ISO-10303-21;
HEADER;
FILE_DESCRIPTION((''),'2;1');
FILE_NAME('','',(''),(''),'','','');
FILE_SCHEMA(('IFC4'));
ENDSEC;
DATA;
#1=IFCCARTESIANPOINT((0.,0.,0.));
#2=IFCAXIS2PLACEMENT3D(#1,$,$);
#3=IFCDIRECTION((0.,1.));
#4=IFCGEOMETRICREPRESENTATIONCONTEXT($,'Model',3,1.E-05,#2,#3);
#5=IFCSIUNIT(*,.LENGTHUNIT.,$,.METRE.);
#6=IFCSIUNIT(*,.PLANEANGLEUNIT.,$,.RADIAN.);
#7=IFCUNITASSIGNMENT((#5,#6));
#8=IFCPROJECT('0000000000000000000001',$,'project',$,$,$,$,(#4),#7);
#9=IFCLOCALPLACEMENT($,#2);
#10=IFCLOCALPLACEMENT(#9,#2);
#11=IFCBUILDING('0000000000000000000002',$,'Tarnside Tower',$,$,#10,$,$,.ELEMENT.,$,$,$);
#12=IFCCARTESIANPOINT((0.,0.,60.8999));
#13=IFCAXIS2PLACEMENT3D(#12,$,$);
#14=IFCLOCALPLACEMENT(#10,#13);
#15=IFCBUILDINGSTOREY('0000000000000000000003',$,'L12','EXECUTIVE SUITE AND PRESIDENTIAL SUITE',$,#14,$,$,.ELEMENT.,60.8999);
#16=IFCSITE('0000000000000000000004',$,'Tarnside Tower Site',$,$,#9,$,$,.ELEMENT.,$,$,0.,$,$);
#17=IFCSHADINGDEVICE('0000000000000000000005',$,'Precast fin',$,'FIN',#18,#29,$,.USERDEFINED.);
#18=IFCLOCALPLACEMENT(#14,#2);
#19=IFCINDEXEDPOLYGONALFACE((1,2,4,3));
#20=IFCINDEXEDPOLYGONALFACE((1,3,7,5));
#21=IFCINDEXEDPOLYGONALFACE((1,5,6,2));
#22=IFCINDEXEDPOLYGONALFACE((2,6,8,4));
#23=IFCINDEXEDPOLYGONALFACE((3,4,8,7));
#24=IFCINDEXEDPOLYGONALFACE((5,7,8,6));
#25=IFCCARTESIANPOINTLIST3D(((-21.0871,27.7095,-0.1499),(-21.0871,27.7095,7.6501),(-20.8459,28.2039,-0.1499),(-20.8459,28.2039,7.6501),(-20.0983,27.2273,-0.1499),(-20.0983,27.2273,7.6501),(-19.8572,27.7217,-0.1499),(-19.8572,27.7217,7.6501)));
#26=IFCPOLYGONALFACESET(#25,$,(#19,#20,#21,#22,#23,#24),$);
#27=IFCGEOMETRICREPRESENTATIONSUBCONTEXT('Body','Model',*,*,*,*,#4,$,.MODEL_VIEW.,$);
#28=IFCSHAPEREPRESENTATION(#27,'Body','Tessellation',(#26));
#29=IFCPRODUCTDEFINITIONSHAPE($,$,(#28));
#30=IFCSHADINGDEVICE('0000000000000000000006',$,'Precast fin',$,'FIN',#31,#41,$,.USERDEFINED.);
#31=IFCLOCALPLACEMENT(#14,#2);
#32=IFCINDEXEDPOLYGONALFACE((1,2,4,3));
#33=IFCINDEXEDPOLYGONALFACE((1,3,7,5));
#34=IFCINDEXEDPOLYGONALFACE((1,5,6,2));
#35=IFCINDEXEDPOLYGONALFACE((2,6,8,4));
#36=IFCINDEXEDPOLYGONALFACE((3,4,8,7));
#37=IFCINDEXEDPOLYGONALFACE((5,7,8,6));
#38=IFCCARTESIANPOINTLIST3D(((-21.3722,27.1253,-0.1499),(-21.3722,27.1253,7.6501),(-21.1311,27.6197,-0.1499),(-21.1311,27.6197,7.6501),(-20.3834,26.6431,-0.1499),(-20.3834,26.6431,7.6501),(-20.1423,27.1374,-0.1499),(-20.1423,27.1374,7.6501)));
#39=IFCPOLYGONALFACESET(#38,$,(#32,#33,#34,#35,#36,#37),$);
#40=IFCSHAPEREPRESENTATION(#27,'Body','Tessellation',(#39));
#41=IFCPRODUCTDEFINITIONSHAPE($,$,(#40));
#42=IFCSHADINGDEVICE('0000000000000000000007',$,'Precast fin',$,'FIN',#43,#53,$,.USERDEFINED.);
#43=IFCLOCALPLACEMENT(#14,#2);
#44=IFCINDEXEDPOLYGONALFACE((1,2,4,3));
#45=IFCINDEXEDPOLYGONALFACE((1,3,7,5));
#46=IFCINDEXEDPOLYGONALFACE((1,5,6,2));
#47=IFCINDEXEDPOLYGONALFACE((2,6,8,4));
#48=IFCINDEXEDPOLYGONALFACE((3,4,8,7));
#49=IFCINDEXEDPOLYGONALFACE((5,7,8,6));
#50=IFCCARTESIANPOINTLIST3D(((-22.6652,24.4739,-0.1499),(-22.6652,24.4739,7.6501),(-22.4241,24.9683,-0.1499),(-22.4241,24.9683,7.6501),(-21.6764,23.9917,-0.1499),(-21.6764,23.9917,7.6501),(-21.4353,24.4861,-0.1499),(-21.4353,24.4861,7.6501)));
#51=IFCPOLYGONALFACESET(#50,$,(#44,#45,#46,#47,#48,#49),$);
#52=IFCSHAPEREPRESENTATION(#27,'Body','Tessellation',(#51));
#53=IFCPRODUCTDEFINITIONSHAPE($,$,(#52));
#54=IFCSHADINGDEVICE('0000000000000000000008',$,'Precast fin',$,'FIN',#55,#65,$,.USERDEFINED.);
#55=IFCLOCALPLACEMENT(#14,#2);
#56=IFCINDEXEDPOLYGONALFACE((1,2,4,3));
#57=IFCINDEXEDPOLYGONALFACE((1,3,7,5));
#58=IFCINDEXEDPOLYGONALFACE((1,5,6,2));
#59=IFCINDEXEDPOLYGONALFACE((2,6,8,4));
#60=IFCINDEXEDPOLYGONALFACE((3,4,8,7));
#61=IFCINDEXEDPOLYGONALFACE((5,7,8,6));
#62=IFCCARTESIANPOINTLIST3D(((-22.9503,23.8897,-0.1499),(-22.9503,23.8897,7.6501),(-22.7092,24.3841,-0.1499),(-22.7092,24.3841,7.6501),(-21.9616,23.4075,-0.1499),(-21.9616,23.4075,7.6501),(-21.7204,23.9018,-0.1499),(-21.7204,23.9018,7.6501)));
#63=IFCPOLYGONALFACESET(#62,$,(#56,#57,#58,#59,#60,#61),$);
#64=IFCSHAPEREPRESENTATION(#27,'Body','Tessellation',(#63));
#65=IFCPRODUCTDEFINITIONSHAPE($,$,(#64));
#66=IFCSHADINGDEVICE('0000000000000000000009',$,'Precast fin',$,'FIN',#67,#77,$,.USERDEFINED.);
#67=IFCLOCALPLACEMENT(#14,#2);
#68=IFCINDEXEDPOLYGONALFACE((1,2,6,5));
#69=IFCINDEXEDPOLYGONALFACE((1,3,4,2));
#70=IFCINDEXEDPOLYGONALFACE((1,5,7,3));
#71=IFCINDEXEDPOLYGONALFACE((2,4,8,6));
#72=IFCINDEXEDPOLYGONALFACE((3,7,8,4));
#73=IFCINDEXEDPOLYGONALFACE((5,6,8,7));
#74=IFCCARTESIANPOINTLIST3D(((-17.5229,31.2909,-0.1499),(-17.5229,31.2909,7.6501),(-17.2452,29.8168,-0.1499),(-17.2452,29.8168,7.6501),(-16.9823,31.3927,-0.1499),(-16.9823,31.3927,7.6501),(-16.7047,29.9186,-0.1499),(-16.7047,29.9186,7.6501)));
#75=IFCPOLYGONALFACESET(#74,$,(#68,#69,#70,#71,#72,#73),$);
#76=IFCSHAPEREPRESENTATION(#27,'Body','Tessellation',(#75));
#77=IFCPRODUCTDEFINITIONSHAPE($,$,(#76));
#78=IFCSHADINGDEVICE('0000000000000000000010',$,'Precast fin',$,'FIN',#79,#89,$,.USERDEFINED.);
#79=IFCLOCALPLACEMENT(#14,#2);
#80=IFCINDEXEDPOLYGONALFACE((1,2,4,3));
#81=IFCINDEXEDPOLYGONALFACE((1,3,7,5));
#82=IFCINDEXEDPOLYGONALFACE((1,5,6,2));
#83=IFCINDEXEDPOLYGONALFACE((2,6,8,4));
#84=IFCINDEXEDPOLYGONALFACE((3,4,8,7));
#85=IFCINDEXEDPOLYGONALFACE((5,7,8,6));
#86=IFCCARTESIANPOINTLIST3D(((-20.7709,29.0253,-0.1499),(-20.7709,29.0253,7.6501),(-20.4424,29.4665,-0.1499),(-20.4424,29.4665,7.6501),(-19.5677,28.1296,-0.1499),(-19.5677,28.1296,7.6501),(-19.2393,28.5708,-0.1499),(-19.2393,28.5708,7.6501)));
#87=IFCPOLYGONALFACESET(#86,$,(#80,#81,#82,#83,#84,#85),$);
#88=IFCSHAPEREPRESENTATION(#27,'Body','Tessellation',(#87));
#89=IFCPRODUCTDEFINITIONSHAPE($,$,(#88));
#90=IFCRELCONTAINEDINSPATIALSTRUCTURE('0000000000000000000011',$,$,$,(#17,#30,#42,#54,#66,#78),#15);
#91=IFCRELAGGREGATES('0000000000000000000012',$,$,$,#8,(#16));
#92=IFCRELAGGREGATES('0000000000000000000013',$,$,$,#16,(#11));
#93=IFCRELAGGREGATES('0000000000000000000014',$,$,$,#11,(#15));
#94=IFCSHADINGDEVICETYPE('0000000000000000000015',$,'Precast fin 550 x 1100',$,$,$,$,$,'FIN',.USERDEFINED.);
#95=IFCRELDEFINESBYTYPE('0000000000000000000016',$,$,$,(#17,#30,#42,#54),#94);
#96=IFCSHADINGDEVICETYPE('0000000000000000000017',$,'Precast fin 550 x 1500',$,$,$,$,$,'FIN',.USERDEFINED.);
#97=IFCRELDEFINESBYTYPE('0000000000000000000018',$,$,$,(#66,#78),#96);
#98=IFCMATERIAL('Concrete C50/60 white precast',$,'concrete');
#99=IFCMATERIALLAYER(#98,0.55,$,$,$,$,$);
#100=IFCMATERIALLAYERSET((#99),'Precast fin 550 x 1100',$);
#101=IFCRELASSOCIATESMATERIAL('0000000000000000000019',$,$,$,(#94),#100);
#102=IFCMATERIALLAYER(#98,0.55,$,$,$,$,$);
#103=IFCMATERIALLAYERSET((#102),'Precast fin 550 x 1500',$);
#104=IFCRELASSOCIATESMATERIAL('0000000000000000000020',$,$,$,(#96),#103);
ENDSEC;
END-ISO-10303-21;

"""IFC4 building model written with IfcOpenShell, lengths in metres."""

from ifc_helpers import new_model, si_unit, direction, frame, origin, place, context, subcontext, project, spatial, polyline, outline, extrude, material, layer, layer_set, type_object, element, save


model = new_model("IFC4")

# Units and contexts
model_context = context("Model", 3, precision=1e-05, world=origin(), true_north=direction((0.0, 1.0)))
body_context = subcontext(model_context, "Body", "Model", "MODEL_VIEW")
ifc_project = project(units=[si_unit("LENGTHUNIT", "METRE"), si_unit("PLANEANGLEUNIT", "RADIAN")], contexts=[model_context])

# Site, building, storey
site_placement = place(None, origin())
site = spatial("IfcSite", under=ifc_project, at=site_placement, Name="Tarnside Tower Site", CompositionType="ELEMENT", RefElevation=0.0)
building_placement = place(site_placement, origin())
building = spatial("IfcBuilding", under=site, at=building_placement, Name="Tarnside Tower", CompositionType="ELEMENT")
storey_placement = place(building_placement, frame((0.0, 0.0, 60.8999)))
storey = spatial("IfcBuildingStorey", under=building, at=storey_placement, Name="L12", Description="EXECUTIVE SUITE AND PRESIDENTIAL SUITE", CompositionType="ELEMENT", Elevation=60.8999)

# Shading devices
ifc_material_1 = material(Name="Concrete C50/60 white precast", Category="concrete")
ifc_layer_1 = layer(ifc_material_1, 0.55)
ifc_layer_set_1 = layer_set([ifc_layer_1], Name="Precast fin 550 x 1100")
shading_device_type_1 = type_object("IfcShadingDeviceType", Name="Precast fin 550 x 1100", ElementType="FIN", PredefinedType="USERDEFINED", material=ifc_layer_set_1)
for number, where, z_axis, x_axis, name in (
    (1, (-19.9778, 27.4744, -0.1499), (0.438371, 0.898794, 0.0), (-0.898794, 0.438371, 0.0), "Precast fin"),
    (2, (-20.2629, 26.8901, -0.1499), (0.438371, 0.898794, 0.0), (-0.898794, 0.438371, 0.0), "Precast fin"),
    (3, (-21.5559, 24.2388, -0.1499), (0.438371, 0.898794, 0.0), (-0.898794, 0.438371, 0.0), "Precast fin"),
    (4, (-21.8411, 23.6545, -0.1499), (0.438371, 0.898794, 0.0), (-0.898794, 0.438371, 0.0), "Precast fin"),
):
    element("IfcShadingDevice", number, at=place(storey_placement, frame(where, z_axis=z_axis, x_axis=x_axis)), inside=storey, type_object=shading_device_type_1, Name=name, ObjectType="FIN", PredefinedType="USERDEFINED", context=body_context, shape_type="SweptSolid", body=[
        extrude(outline(polyline([(0.0, 0.0), (1.1001, 0.0), (1.1001, 7.8), (0.0, 7.8), (0.0, 0.0)])), frame((0.0, 0.0, -0.2749)), (0.0, 0.0, 1.0), 0.55),
    ])
ifc_layer_2 = layer(ifc_material_1, 0.55)
ifc_layer_set_2 = layer_set([ifc_layer_2], Name="Precast fin 550 x 1500")
shading_device_type_2 = type_object("IfcShadingDeviceType", Name="Precast fin 550 x 1500", ElementType="FIN", PredefinedType="USERDEFINED", material=ifc_layer_set_2)
for number, where, z_axis, x_axis, name in (
    (5, (-16.9751, 29.8677, -0.1499), (0.982721, 0.185095, 0.0), (-0.185095, 0.982721, 0.0), "Precast fin"),
    (6, (-19.4036, 28.3501, -0.1499), (0.597159, 0.802123, 0.0), (-0.802123, 0.597159, 0.0), "Precast fin"),
):
    element("IfcShadingDevice", number, at=place(storey_placement, frame(where, z_axis=z_axis, x_axis=x_axis)), inside=storey, type_object=shading_device_type_2, Name=name, ObjectType="FIN", PredefinedType="USERDEFINED", context=body_context, shape_type="SweptSolid", body=[
        extrude(outline(polyline([(0.0, 0.0), (1.5, 0.0), (1.5, 7.8), (0.0, 7.8), (0.0, 0.0)])), frame((0.0, 0.0, -0.2749)), (0.0, 0.0, 1.0), 0.55),
    ])

save(model, "model.ifc")
